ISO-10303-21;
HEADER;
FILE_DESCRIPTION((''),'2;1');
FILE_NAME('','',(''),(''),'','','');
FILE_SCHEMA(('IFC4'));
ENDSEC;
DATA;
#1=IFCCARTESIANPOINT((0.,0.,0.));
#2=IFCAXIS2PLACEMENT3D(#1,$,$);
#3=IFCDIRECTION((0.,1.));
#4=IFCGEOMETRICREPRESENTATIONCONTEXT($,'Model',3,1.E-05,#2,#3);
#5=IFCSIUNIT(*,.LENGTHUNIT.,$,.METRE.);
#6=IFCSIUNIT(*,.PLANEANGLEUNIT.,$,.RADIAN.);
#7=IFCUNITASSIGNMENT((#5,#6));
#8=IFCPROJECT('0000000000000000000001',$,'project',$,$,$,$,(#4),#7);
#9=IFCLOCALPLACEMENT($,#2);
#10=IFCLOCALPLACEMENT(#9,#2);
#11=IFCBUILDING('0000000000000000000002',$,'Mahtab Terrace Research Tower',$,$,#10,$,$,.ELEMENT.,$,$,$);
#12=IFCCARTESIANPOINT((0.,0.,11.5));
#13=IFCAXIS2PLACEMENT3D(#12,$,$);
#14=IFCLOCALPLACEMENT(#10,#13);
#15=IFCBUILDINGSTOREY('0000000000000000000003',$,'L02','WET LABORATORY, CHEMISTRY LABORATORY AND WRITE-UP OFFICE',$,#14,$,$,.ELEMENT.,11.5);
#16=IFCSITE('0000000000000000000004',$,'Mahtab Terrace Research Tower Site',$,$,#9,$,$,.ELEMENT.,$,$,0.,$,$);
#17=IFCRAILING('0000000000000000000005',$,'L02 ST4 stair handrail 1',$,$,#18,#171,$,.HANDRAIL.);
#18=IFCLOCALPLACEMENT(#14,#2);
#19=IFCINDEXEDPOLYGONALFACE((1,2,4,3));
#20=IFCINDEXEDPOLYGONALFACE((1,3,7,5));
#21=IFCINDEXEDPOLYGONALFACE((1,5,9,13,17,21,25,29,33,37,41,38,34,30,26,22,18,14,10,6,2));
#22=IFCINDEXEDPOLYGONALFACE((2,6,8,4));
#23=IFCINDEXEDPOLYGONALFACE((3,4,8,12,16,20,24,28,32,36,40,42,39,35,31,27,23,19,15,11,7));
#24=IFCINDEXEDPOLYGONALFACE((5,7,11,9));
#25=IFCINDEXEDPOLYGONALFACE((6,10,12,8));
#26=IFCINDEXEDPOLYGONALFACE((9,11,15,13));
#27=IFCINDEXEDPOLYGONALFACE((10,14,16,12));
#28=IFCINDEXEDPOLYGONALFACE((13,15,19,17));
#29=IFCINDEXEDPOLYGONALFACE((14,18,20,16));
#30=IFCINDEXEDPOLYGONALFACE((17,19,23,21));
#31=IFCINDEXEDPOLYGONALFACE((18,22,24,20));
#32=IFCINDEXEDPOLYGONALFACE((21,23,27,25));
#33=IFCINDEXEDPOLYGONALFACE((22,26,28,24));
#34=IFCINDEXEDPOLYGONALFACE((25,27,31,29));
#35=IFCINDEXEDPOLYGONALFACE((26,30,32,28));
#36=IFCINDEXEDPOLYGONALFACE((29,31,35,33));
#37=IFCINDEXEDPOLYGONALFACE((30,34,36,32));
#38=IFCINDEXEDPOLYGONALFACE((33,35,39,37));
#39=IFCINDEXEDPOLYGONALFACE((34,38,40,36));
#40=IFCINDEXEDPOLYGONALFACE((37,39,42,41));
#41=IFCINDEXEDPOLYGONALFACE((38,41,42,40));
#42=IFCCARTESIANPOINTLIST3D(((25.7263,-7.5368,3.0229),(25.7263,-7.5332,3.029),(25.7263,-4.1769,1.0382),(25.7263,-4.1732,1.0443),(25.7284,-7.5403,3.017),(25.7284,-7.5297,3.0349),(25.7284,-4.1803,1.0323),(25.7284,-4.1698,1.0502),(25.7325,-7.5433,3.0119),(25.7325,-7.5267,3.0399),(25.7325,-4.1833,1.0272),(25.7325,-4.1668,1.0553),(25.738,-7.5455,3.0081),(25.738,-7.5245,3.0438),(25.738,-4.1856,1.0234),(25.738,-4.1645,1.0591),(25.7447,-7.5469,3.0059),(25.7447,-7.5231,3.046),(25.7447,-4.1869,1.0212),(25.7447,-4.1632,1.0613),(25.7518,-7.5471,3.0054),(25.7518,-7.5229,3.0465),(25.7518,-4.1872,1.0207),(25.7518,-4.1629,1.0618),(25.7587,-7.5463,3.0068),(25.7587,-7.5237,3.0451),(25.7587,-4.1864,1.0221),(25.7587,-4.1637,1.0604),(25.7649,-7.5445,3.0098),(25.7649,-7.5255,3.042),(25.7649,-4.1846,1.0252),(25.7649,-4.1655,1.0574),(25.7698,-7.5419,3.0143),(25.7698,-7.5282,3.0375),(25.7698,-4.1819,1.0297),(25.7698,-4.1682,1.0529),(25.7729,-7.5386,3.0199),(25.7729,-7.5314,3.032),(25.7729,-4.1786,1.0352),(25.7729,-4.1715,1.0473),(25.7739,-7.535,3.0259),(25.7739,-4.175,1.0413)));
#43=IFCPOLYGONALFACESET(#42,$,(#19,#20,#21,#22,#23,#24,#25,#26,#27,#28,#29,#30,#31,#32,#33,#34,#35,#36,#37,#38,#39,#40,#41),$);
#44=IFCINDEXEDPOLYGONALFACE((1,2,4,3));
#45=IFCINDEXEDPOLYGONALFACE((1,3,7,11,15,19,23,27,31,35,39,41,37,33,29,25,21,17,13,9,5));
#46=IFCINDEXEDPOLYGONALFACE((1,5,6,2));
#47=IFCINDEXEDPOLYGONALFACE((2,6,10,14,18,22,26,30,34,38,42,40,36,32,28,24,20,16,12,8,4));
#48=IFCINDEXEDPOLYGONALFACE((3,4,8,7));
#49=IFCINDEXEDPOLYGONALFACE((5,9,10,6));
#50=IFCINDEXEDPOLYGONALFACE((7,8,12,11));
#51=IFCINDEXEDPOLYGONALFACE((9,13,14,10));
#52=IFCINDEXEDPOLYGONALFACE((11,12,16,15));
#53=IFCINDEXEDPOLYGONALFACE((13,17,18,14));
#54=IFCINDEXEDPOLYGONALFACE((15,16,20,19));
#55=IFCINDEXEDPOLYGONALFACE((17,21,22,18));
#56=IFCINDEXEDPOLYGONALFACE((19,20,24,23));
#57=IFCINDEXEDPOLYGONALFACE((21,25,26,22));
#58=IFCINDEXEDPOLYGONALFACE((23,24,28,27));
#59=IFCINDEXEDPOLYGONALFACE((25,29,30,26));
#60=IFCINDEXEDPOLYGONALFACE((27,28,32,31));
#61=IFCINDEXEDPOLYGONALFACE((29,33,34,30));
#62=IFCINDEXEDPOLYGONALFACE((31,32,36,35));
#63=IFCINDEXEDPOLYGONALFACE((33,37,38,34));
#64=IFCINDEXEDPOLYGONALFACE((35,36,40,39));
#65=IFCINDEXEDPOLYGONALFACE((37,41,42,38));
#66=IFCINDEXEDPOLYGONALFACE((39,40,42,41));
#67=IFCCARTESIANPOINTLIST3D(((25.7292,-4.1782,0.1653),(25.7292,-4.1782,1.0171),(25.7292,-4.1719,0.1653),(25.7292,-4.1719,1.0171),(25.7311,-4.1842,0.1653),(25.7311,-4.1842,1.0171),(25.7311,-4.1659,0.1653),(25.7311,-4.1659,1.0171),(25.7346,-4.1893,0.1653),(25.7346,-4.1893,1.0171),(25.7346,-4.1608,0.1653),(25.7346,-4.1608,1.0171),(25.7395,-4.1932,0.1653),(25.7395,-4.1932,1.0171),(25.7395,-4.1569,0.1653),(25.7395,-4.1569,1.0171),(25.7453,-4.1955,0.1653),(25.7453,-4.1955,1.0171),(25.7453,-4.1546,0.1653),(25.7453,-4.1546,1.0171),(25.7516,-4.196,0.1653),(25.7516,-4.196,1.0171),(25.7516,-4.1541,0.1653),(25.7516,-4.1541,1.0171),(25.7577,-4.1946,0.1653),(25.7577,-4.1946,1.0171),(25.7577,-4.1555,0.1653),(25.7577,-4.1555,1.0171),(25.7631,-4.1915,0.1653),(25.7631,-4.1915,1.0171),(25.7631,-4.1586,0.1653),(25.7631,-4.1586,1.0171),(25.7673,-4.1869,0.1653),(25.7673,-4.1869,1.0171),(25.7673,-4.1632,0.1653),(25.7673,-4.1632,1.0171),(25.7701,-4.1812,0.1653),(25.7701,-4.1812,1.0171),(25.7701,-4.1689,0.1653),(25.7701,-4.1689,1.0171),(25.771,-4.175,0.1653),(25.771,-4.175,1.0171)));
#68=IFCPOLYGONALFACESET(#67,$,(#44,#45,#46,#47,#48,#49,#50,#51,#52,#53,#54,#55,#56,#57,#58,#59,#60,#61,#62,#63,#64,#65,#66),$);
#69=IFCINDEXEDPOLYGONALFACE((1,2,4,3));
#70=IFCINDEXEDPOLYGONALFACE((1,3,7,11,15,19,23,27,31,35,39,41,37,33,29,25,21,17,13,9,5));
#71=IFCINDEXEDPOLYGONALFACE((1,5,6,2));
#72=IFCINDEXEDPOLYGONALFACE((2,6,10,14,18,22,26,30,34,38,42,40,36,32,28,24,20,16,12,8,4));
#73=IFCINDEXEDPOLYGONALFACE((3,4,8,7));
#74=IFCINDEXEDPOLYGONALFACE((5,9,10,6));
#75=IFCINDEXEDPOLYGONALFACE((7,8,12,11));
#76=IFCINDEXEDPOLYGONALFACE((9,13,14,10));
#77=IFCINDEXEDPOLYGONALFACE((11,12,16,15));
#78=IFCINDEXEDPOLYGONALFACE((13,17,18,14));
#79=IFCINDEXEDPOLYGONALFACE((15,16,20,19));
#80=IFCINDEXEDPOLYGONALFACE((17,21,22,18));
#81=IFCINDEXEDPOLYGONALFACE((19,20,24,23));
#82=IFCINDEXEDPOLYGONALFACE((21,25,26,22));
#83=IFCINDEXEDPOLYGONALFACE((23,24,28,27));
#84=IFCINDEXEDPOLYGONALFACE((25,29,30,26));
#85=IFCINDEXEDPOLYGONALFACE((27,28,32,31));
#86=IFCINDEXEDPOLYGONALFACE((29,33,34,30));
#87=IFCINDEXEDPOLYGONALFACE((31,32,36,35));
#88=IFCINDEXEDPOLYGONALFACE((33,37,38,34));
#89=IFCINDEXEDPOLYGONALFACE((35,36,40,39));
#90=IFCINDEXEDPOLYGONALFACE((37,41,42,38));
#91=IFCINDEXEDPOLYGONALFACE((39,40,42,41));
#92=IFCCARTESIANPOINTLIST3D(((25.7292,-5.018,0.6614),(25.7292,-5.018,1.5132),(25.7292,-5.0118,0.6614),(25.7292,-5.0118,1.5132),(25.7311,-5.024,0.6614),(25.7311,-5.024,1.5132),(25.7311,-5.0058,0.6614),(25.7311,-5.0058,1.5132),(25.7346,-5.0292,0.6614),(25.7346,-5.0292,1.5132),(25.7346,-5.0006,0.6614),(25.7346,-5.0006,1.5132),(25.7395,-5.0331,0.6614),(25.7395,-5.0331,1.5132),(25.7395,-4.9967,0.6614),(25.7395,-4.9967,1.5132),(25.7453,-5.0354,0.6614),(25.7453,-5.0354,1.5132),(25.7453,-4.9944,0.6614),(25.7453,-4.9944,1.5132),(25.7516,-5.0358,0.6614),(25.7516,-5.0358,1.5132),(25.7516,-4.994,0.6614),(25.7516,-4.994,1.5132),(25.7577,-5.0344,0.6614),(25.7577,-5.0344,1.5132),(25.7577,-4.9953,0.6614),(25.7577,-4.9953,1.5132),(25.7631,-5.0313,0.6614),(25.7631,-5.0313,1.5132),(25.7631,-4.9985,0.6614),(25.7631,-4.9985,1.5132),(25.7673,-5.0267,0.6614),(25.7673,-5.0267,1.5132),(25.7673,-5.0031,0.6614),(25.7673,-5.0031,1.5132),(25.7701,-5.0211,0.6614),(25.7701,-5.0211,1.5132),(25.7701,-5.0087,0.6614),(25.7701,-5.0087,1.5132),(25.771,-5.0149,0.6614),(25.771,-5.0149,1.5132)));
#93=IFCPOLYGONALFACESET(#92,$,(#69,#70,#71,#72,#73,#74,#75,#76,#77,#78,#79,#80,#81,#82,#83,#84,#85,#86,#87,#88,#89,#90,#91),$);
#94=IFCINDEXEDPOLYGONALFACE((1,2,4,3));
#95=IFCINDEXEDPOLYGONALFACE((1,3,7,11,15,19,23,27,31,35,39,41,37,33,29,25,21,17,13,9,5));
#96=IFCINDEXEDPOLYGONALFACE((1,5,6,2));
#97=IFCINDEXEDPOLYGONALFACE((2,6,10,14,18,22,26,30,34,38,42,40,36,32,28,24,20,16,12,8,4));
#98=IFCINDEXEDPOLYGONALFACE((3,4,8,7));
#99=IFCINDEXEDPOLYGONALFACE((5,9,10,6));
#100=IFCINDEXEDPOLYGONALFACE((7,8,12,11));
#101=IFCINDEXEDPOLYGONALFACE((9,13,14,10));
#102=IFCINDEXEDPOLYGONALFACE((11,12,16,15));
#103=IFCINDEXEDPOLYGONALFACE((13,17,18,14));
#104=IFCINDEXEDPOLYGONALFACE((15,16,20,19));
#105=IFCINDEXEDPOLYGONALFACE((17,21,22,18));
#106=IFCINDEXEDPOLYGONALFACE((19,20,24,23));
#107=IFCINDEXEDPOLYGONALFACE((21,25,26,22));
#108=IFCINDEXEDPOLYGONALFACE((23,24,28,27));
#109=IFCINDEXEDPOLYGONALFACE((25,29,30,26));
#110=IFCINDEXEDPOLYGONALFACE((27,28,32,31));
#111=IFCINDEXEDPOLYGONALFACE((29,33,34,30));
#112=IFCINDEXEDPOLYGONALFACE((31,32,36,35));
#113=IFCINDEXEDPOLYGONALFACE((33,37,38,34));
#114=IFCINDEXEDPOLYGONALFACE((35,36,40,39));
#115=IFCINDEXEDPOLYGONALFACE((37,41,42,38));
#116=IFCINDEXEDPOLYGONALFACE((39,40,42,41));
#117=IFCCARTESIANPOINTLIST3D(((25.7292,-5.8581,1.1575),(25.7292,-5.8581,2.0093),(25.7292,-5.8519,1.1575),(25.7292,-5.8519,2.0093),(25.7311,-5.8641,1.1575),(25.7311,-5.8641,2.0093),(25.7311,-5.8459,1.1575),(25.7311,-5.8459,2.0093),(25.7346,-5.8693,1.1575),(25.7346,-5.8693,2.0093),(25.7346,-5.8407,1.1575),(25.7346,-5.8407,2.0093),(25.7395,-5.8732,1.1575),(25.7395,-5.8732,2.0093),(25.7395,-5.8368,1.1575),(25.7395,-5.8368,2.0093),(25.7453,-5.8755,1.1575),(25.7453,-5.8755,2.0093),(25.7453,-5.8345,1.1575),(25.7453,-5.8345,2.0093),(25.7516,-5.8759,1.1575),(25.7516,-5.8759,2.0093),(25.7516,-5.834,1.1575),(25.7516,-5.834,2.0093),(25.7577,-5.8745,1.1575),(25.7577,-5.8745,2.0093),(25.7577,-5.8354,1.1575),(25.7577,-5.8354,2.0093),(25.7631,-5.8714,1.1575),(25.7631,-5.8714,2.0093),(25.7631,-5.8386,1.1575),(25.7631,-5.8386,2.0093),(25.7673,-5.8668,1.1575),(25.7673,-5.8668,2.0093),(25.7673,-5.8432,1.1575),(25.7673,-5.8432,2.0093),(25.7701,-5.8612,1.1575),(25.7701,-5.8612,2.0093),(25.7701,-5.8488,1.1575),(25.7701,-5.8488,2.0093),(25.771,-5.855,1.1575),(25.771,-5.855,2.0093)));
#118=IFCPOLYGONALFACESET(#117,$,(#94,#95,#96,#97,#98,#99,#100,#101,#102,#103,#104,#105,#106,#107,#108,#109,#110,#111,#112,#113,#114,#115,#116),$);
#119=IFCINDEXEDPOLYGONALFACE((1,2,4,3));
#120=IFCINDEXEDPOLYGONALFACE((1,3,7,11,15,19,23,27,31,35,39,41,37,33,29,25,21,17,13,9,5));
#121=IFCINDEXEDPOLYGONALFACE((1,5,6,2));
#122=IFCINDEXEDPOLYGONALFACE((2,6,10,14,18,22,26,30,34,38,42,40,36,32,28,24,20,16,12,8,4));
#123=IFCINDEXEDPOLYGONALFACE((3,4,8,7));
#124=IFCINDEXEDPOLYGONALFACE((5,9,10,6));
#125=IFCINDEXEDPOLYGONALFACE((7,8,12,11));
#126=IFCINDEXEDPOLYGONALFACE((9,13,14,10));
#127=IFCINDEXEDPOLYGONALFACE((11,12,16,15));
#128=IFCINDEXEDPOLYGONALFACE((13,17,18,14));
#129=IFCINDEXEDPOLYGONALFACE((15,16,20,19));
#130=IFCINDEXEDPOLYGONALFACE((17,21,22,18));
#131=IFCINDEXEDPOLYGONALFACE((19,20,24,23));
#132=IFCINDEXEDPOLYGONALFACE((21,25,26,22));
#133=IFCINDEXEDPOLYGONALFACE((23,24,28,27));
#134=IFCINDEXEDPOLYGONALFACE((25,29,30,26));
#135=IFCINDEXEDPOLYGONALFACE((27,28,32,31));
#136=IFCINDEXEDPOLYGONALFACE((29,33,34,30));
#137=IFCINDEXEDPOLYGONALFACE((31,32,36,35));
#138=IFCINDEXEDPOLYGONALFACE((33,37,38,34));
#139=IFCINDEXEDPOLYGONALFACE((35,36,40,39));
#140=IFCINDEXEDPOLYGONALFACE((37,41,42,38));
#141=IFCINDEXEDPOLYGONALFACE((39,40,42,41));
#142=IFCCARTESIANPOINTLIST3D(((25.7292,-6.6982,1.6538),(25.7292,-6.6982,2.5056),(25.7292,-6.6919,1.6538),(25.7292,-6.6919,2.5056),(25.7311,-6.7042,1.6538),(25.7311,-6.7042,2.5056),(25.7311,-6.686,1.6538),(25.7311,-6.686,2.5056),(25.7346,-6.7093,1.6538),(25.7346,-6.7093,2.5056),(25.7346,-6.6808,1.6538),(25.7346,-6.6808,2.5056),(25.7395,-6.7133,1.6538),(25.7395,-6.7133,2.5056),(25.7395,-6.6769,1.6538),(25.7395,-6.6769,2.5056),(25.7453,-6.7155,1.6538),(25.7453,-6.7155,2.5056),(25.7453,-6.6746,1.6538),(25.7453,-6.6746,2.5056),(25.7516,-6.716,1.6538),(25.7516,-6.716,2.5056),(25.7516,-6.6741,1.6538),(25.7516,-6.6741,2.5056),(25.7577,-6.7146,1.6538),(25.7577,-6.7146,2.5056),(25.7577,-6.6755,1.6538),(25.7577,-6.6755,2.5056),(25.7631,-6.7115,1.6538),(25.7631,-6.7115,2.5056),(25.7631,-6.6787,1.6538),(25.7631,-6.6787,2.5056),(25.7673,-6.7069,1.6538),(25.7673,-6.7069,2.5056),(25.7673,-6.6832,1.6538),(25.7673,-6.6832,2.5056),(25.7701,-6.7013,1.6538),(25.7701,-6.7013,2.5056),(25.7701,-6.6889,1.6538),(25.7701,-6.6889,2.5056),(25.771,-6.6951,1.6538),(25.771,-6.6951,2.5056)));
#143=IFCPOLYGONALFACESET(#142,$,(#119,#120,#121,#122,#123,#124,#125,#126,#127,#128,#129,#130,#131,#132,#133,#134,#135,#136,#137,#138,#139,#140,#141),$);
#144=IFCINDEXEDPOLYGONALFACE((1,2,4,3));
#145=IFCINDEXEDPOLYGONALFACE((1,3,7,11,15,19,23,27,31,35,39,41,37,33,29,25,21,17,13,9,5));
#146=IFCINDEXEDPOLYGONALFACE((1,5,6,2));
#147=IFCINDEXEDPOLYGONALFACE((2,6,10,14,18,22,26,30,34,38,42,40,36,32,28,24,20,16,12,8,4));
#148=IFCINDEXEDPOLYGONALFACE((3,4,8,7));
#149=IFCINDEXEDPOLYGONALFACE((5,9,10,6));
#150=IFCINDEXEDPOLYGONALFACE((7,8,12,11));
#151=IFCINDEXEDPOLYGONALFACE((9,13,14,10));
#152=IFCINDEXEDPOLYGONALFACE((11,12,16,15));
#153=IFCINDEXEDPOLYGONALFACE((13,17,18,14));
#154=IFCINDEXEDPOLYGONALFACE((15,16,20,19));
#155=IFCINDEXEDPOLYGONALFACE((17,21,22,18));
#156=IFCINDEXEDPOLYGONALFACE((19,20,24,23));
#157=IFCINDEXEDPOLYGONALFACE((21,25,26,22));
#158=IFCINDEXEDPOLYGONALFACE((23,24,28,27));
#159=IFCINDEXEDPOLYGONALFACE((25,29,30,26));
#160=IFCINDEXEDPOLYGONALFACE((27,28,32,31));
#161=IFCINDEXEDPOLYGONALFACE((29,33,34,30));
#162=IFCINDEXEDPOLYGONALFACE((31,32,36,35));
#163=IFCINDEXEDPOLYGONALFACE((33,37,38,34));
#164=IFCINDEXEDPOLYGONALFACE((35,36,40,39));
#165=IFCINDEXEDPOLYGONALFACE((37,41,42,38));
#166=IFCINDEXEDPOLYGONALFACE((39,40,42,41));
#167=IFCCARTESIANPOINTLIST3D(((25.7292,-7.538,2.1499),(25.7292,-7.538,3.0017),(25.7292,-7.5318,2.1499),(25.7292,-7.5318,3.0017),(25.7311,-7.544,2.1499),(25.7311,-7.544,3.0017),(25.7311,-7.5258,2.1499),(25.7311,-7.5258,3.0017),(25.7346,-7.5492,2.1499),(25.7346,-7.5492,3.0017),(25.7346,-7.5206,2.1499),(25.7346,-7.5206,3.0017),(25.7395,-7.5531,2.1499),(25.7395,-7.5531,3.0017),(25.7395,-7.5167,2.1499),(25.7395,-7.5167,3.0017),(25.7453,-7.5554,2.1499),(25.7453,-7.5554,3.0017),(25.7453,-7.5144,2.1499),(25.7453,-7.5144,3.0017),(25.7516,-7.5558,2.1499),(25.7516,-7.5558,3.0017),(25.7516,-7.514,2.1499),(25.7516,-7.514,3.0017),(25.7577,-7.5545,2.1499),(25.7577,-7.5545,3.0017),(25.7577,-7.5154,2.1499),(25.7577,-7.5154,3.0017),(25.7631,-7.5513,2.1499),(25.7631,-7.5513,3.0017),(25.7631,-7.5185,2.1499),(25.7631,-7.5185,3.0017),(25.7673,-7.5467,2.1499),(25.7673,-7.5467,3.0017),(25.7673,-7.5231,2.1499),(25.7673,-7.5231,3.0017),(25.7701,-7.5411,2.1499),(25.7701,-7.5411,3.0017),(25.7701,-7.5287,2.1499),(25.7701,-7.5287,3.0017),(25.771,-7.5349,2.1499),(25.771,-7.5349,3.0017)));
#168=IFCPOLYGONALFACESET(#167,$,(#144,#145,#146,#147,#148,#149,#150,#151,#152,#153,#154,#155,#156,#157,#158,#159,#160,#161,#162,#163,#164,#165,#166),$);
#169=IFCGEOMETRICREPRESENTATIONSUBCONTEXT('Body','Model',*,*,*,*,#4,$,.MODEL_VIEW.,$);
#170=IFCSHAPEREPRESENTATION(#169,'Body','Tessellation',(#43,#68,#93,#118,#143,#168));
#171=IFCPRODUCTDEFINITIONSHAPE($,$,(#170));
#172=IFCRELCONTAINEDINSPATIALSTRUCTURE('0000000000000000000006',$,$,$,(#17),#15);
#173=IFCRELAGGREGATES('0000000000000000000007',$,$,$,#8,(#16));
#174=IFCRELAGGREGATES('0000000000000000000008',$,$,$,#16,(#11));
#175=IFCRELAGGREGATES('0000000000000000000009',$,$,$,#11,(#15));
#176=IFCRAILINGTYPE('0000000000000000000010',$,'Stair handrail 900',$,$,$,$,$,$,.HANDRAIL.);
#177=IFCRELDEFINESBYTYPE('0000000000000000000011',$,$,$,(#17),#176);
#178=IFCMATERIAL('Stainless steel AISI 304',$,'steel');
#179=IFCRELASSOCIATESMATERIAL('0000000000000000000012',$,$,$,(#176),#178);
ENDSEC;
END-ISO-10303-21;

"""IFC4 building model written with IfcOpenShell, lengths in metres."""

from ifc_helpers import new_model, si_unit, direction, frame, origin, origin_2d, place, context, subcontext, project, spatial, circle, extrude, material, type_object, element, save


model = new_model("IFC4")

# Units and contexts
model_context = context("Model", 3, precision=1e-05, world=origin(), true_north=direction((0.0, 1.0)))
body_context = subcontext(model_context, "Body", "Model", "MODEL_VIEW")
ifc_project = project(units=[si_unit("LENGTHUNIT", "METRE"), si_unit("PLANEANGLEUNIT", "RADIAN")], contexts=[model_context])

# Site, building, storey
site_placement = place(None, origin())
site = spatial("IfcSite", under=ifc_project, at=site_placement, Name="Mahtab Terrace Research Tower Site", CompositionType="ELEMENT", RefElevation=0.0)
building_placement = place(site_placement, origin())
building = spatial("IfcBuilding", under=site, at=building_placement, Name="Mahtab Terrace Research Tower", CompositionType="ELEMENT")
storey_placement = place(building_placement, frame((0.0, 0.0, 11.5)))
storey = spatial("IfcBuildingStorey", under=building, at=storey_placement, Name="L02", Description="WET LABORATORY, CHEMISTRY LABORATORY AND WRITE-UP OFFICE", CompositionType="ELEMENT", Elevation=11.5)

# Shared definitions
ifc_material_1 = material(Name="Stainless steel AISI 304", Category="steel")

# Railing
railing_type_1 = type_object("IfcRailingType", Name="Stair handrail 900", PredefinedType="HANDRAIL", material=ifc_material_1)
railing_1_placement = place(storey_placement, frame((25.75, -4.175, 0.1653)))
element("IfcRailing", 1, at=railing_1_placement, inside=storey, type_object=railing_type_1, Name="L02 ST4 stair handrail 1", PredefinedType="HANDRAIL", context=body_context, shape_type="SweptSolid", body=[
    extrude(circle(Radius=0.0239, at=origin_2d()), frame((0.0, 0.0, 0.876), z_axis=(0.0, -0.861011, 0.508586), x_axis=(1.0, 0.0, 0.0)), (0.0, 0.0, 1.0), 3.9023),
    extrude(circle(Radius=0.021, at=origin_2d()), origin(), (0.0, 0.0, 1.0), 0.8518),
    extrude(circle(Radius=0.021, at=origin_2d()), frame((0.0, -0.8398, 0.4961)), (0.0, 0.0, 1.0), 0.8518),
    extrude(circle(Radius=0.021, at=origin_2d()), frame((0.0, -1.6799, 0.9922)), (0.0, 0.0, 1.0), 0.8518),
    extrude(circle(Radius=0.021, at=origin_2d()), frame((0.0, -2.52, 1.4885)), (0.0, 0.0, 1.0), 0.8518),
    extrude(circle(Radius=0.021, at=origin_2d()), frame((0.0, -3.3599, 1.9846)), (0.0, 0.0, 1.0), 0.8518),
])

save(model, "model.ifc")
